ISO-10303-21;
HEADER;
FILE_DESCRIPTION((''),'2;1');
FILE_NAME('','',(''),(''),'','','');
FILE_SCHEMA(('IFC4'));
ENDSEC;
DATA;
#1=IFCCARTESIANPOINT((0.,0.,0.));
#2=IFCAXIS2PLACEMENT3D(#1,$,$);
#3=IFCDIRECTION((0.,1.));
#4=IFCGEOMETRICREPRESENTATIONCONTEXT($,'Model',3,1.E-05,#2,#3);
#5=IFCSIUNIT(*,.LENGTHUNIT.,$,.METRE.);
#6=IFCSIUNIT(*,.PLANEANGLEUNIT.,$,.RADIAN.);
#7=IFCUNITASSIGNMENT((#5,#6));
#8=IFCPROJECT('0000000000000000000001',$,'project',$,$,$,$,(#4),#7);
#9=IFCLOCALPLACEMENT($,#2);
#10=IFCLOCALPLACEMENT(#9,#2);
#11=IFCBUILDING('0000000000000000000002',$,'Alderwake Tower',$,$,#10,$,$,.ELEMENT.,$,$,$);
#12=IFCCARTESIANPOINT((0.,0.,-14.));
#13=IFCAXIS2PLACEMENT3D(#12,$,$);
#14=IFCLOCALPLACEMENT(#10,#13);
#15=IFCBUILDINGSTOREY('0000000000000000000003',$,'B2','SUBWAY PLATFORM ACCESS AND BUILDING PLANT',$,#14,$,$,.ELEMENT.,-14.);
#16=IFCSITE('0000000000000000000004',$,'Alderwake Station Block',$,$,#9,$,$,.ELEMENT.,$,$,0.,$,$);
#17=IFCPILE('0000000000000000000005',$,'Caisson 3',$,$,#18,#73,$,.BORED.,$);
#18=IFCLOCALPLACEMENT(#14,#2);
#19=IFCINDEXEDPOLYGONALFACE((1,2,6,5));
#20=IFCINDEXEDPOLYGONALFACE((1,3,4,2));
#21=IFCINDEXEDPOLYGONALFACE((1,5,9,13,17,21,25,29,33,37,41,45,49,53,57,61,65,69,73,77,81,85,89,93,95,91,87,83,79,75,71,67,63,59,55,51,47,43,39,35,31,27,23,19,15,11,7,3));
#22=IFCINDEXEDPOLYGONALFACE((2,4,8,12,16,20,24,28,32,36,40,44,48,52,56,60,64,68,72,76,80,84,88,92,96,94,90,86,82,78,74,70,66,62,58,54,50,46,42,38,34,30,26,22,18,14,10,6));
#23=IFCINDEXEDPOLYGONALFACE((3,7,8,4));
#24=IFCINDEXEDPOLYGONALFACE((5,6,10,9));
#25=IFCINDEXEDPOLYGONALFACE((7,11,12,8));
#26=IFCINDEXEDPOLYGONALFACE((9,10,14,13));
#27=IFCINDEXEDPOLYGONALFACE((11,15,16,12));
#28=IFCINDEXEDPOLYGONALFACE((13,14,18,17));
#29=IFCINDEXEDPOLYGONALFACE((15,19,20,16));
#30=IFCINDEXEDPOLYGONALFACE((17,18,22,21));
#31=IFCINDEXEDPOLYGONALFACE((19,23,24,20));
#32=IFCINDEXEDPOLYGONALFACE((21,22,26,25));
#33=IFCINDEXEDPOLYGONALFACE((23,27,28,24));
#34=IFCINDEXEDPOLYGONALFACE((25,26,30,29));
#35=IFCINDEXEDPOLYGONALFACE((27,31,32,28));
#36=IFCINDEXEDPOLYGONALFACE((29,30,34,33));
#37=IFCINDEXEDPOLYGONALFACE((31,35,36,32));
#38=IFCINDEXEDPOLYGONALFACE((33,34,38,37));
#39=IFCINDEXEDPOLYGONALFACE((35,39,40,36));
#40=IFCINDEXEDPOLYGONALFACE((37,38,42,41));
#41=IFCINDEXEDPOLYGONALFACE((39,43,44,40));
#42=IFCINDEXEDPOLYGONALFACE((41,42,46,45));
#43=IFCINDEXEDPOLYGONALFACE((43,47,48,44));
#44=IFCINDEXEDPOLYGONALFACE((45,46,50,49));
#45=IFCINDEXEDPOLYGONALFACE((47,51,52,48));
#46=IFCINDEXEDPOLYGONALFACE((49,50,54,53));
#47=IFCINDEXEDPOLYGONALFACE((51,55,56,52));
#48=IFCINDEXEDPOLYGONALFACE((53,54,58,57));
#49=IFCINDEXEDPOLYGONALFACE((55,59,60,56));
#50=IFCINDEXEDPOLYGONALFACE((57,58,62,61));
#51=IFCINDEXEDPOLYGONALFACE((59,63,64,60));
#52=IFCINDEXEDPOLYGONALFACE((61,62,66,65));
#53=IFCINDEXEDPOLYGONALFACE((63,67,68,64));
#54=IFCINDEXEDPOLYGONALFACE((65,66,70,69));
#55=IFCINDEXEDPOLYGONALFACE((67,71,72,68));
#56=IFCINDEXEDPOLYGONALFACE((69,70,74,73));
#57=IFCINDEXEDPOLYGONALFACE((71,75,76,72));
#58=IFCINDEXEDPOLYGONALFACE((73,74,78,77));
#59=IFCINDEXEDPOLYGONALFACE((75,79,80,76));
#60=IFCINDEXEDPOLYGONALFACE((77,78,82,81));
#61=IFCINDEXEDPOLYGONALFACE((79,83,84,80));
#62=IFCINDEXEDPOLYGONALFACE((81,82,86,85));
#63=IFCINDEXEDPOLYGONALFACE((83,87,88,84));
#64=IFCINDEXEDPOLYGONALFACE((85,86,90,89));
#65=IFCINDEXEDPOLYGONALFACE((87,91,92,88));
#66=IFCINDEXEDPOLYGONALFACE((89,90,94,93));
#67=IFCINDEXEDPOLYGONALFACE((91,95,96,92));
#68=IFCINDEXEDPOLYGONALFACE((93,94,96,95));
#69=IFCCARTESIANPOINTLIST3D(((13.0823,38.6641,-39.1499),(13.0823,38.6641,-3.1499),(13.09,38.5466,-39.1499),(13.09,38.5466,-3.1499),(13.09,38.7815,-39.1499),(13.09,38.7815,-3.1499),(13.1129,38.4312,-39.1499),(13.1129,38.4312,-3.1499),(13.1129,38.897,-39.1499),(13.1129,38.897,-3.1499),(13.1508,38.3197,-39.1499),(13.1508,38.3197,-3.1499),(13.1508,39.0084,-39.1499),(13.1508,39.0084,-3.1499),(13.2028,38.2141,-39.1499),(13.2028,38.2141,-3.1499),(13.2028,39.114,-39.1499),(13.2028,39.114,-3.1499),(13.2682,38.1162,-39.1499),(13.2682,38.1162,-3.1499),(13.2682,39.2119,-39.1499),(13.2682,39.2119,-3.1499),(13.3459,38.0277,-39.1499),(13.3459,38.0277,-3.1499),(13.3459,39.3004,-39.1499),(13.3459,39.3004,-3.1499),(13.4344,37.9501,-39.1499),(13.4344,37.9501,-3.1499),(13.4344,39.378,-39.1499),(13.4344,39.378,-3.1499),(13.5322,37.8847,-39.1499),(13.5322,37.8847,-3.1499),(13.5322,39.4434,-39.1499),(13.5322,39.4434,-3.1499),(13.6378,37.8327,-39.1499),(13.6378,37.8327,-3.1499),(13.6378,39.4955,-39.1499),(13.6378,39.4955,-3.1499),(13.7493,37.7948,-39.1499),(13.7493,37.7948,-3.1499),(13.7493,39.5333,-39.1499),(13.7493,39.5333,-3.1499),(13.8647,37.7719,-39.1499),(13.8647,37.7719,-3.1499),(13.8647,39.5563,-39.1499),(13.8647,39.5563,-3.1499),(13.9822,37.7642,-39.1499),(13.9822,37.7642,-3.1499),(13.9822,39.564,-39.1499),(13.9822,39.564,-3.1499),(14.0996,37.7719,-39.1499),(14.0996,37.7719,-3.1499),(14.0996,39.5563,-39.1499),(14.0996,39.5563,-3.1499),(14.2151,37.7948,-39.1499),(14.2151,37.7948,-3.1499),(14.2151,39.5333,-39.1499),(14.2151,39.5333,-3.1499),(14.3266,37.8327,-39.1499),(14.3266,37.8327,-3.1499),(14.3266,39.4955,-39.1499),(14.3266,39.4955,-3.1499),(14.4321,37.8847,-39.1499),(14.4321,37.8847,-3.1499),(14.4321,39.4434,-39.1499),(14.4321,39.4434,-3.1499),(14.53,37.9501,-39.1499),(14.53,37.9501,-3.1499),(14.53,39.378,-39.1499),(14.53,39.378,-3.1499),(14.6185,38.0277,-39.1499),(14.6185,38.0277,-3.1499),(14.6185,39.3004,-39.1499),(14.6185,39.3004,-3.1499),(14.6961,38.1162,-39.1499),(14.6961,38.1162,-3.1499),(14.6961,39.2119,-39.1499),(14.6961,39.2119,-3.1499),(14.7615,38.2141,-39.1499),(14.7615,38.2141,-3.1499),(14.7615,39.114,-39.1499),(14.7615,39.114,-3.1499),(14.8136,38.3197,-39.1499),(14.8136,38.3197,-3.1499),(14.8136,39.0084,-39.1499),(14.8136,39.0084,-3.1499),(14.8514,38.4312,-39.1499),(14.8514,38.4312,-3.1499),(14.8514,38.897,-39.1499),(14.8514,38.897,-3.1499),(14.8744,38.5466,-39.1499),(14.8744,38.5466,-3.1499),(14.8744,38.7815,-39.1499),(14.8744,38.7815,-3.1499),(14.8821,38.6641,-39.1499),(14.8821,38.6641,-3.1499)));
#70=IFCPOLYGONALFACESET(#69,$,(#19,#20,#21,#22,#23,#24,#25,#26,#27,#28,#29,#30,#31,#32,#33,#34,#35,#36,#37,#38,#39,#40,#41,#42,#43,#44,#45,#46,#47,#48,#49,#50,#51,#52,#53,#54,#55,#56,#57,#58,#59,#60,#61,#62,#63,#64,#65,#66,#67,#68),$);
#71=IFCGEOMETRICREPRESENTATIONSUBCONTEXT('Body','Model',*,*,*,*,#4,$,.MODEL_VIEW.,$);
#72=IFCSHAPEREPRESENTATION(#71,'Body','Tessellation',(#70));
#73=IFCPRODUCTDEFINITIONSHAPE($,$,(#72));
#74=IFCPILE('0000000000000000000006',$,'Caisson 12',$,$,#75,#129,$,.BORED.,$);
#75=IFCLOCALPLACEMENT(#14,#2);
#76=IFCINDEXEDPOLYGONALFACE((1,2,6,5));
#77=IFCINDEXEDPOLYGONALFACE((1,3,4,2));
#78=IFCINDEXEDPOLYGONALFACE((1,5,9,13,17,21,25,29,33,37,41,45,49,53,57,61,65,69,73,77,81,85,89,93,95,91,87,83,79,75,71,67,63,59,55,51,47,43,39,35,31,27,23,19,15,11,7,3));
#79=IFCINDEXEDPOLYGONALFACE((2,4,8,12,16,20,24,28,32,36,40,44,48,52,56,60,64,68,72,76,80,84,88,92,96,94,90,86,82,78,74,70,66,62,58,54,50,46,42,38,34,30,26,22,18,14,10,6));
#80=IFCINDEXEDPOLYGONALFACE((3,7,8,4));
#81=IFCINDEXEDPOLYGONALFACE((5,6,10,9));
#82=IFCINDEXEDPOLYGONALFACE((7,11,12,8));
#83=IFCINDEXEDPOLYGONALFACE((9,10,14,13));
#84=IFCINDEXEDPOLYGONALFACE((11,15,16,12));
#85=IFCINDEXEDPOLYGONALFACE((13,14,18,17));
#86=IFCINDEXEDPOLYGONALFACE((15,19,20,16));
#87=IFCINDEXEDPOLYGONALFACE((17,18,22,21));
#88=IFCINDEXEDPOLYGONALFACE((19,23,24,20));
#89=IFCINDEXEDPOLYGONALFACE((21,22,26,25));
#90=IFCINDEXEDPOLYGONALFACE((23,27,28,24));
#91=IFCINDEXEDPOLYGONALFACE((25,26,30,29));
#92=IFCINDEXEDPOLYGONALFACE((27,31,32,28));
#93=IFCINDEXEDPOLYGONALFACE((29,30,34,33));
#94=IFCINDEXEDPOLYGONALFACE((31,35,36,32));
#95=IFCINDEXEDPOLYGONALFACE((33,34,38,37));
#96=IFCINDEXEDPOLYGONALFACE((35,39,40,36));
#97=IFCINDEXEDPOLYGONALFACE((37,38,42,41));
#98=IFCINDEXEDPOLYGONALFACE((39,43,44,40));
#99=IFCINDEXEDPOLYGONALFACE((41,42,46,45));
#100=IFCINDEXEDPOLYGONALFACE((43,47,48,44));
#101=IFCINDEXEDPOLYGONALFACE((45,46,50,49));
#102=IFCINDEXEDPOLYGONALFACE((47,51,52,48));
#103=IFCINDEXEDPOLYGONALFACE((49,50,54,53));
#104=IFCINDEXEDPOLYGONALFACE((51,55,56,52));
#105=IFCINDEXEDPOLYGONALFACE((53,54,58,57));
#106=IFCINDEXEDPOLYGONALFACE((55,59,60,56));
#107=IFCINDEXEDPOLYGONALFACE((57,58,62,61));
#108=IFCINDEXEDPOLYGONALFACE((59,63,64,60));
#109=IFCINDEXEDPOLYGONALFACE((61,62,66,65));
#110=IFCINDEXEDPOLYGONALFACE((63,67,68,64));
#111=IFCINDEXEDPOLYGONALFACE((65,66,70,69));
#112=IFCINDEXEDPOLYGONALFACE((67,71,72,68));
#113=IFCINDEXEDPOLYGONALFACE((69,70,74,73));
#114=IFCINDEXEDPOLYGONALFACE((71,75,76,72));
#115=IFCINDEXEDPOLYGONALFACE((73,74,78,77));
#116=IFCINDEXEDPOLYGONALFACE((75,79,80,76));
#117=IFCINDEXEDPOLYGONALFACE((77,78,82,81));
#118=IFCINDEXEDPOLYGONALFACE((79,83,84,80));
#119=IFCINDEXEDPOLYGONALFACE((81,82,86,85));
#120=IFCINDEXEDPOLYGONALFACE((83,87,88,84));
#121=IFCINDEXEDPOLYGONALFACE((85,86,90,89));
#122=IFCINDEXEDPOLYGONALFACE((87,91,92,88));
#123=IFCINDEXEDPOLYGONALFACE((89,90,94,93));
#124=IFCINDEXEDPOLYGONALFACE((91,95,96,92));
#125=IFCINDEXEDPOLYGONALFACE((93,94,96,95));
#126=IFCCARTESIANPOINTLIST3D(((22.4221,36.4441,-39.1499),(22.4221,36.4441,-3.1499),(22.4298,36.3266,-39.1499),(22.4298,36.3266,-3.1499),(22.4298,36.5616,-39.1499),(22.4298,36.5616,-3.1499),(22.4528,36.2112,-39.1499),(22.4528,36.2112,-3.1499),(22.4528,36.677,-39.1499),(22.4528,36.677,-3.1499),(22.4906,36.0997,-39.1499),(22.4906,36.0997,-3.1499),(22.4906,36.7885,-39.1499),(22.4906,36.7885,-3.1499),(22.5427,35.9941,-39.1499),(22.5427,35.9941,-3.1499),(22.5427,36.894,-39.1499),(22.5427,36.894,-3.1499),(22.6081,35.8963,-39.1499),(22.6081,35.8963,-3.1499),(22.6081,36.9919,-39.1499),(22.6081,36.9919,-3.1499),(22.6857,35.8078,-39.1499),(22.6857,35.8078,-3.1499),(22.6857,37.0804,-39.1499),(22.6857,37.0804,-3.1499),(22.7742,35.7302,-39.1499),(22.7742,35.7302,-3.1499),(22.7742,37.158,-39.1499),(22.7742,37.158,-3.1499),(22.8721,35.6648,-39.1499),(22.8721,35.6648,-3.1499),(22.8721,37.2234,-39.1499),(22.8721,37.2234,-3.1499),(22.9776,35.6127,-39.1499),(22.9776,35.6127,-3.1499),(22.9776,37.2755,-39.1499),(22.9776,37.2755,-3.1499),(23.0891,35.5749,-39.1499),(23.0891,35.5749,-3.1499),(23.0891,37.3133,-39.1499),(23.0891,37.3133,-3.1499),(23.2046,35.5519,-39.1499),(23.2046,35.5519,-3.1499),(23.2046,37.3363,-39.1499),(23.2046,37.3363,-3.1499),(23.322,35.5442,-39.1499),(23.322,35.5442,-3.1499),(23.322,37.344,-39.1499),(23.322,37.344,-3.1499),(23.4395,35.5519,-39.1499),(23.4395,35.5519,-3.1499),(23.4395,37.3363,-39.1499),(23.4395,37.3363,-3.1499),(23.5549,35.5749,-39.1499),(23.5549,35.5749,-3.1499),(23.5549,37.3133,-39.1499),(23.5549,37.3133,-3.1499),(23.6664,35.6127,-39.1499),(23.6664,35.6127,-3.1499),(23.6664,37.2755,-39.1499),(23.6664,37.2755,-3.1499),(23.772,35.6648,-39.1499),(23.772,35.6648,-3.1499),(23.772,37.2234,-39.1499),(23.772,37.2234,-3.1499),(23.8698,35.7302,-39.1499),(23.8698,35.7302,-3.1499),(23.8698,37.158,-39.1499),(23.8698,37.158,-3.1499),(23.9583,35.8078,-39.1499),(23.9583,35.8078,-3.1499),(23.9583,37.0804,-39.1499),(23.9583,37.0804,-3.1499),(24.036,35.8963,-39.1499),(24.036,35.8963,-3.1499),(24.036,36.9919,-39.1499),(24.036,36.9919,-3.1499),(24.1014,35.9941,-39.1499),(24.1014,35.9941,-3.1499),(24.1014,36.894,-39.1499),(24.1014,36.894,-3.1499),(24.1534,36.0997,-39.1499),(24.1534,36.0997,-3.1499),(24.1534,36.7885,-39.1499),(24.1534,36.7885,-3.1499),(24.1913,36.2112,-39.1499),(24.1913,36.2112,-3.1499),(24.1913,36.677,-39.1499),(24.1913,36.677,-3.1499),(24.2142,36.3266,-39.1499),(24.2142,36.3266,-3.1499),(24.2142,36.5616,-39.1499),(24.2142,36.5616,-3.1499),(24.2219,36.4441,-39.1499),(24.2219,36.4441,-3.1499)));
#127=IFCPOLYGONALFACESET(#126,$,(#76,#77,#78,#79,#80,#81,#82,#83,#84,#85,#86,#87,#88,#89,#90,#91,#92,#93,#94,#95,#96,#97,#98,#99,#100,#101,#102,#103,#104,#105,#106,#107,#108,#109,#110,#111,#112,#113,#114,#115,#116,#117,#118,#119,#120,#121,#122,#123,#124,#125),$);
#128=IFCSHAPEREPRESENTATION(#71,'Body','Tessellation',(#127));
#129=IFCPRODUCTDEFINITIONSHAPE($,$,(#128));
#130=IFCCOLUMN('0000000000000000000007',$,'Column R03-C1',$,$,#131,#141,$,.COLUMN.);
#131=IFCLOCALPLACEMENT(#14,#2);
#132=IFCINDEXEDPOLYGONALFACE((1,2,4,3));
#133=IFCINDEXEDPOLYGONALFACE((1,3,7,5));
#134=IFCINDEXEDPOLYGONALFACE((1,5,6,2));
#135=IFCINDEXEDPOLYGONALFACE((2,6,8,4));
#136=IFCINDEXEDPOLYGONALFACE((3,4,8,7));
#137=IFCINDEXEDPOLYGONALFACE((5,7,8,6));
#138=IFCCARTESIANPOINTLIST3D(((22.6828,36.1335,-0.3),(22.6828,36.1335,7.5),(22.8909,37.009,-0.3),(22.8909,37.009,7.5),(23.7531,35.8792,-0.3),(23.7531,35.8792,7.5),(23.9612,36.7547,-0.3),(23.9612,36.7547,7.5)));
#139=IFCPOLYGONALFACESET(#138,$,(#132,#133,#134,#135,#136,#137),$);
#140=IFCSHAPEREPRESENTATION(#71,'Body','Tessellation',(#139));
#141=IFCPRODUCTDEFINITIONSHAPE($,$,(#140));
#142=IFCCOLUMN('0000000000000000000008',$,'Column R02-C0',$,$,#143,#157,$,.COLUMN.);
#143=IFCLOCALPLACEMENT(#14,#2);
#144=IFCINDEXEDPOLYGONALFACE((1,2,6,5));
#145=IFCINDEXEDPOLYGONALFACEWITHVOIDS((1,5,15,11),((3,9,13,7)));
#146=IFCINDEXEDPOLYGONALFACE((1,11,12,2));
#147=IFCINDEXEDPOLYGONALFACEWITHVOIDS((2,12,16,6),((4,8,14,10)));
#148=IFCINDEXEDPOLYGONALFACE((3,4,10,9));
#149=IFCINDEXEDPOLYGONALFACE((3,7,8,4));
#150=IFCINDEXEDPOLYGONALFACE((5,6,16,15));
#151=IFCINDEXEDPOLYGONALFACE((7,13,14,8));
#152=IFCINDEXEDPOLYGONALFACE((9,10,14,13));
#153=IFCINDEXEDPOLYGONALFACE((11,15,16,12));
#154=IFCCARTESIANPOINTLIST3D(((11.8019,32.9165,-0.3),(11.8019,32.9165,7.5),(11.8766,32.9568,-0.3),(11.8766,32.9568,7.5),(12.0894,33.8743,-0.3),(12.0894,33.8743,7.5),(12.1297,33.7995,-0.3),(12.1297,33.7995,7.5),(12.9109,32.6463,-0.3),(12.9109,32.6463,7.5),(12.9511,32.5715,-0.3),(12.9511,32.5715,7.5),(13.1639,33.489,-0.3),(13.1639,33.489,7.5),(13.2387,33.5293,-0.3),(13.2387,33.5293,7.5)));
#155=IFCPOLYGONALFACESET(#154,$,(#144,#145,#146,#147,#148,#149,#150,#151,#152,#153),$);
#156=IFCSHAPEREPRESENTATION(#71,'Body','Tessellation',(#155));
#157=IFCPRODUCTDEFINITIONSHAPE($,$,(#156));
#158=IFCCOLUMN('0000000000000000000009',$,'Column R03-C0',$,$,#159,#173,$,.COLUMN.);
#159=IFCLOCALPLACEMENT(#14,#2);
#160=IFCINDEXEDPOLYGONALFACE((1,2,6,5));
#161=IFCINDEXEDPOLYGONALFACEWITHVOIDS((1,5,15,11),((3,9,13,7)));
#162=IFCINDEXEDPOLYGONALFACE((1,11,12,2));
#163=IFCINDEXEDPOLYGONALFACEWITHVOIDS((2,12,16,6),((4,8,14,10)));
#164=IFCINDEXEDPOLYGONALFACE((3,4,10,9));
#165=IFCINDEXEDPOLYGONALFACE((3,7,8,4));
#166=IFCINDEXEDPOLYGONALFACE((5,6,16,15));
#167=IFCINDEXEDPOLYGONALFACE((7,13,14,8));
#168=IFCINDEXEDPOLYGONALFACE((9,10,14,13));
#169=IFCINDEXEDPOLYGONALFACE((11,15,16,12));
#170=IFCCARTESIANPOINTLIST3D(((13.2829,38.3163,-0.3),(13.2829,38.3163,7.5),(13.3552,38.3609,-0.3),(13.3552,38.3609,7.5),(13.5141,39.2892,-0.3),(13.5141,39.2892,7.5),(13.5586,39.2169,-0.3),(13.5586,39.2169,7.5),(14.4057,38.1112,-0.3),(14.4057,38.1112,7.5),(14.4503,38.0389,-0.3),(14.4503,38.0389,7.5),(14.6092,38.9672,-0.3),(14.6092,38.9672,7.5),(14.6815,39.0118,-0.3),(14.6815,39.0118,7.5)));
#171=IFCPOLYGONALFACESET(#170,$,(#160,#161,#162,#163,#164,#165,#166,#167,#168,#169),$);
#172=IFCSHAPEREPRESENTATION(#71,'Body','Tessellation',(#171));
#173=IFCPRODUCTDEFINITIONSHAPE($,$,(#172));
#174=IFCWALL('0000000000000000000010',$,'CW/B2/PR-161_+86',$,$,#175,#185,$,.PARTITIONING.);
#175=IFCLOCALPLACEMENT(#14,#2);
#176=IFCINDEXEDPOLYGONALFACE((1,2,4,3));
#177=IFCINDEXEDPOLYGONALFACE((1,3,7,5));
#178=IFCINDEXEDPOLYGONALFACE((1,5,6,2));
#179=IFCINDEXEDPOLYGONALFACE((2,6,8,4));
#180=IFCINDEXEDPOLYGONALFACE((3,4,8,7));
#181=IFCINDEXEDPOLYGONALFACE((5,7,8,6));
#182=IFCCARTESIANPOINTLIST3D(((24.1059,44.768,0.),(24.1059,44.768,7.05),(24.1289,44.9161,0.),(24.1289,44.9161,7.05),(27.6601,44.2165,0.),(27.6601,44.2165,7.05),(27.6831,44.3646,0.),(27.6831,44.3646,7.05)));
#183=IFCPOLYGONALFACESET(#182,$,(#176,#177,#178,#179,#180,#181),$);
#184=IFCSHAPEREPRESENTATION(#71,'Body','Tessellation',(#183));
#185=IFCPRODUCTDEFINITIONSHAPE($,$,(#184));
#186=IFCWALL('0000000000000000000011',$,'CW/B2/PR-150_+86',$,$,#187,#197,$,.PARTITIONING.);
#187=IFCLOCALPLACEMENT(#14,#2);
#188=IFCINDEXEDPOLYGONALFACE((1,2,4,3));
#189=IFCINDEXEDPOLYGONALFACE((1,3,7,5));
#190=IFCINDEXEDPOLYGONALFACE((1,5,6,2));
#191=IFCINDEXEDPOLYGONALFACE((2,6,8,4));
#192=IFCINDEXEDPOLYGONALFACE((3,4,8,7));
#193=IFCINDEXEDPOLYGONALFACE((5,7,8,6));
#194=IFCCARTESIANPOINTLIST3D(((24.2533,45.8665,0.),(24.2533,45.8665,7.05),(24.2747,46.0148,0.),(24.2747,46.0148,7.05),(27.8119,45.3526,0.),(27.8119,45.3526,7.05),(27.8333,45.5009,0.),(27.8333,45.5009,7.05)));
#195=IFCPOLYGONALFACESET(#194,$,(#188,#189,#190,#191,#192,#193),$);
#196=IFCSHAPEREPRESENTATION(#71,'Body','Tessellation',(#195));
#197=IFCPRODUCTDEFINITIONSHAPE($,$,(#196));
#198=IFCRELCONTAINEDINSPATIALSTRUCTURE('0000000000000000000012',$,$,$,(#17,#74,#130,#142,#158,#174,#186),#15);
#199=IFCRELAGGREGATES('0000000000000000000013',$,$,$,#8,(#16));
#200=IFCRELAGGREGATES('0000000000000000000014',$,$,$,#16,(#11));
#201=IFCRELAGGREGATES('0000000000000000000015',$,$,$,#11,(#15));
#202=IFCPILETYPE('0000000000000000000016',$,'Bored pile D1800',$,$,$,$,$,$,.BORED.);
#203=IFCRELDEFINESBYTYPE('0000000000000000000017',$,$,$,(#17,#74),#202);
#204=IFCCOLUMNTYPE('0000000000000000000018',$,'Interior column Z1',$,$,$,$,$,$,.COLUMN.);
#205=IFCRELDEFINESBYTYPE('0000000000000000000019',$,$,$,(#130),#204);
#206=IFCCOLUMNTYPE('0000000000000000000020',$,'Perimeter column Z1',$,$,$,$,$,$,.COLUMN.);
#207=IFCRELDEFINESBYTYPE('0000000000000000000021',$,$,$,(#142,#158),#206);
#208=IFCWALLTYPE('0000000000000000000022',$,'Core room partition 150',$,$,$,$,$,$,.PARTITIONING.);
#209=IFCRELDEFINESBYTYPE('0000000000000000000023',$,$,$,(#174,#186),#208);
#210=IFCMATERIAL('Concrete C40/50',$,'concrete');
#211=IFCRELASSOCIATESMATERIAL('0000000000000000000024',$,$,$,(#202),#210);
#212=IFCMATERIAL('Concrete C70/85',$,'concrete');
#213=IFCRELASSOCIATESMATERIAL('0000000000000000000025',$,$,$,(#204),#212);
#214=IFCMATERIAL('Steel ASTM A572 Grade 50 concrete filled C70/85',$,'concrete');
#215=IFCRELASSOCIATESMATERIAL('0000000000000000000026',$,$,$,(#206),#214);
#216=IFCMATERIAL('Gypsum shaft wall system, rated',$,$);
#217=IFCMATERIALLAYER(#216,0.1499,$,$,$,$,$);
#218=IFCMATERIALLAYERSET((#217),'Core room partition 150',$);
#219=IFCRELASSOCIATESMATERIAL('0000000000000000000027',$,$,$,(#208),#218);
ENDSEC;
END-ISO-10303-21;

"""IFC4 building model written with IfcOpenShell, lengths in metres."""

from ifc_helpers import new_model, si_unit, direction, frame, frame_2d, origin, origin_2d, place, context, subcontext, project, spatial, rectangle, hollow_rectangle, circle, extrude, material, layer, layer_set, material_profile, profile_set, type_object, element, save


model = new_model("IFC4")

# Units and contexts
model_context = context("Model", 3, precision=1e-05, world=origin(), true_north=direction((0.0, 1.0)))
body_context = subcontext(model_context, "Body", "Model", "MODEL_VIEW")
ifc_project = project(units=[si_unit("LENGTHUNIT", "METRE"), si_unit("PLANEANGLEUNIT", "RADIAN")], contexts=[model_context])

# Site, building, storey
site_placement = place(None, origin())
site = spatial("IfcSite", under=ifc_project, at=site_placement, Name="Alderwake Station Block", CompositionType="ELEMENT", RefElevation=0.0)
building_placement = place(site_placement, origin())
building = spatial("IfcBuilding", under=site, at=building_placement, Name="Alderwake Tower", CompositionType="ELEMENT")
storey_placement = place(building_placement, frame((0.0, 0.0, -14.0)))
storey = spatial("IfcBuildingStorey", under=building, at=storey_placement, Name="B2", Description="SUBWAY PLATFORM ACCESS AND BUILDING PLANT", CompositionType="ELEMENT", Elevation=-14.0)

# Piles
ifc_material_1 = material(Name="Concrete C40/50", Category="concrete")
ifc_material_profile_1 = material_profile(ifc_material_1, circle(Radius=0.8999, at=origin_2d()), Name="PILE 1800")
ifc_profile_set_1 = profile_set([ifc_material_profile_1], Name="Concrete C40/50")
pile_type = type_object("IfcPileType", Name="Bored pile D1800", PredefinedType="BORED", material=ifc_profile_set_1)
for number, where, z_axis, x_axis, name in (
    (1, (13.9822, 38.6641, -3.1499), (0.0, 0.0, -1.0), (1.0, 0.0, 0.0), "Caisson 3"),
    (2, (23.322, 36.4441, -3.1499), (0.0, 0.0, -1.0), (1.0, 0.0, 0.0), "Caisson 12"),
):
    element("IfcPile", number, at=place(storey_placement, frame(where, z_axis=z_axis, x_axis=x_axis)), inside=storey, type_object=pile_type, Name=name, PredefinedType="BORED", context=body_context, shape_type="SweptSolid", body=[
        extrude(circle(Radius=0.8999, at=origin_2d()), origin(), (0.0, 0.0, 1.0), 36.0),
    ])

# Columns
ifc_material_2 = material(Name="Concrete C70/85", Category="concrete")
ifc_material_profile_2 = material_profile(ifc_material_2, rectangle(XDim=0.8999, YDim=1.1001, at=origin_2d()), Name="RC 1100X900")
ifc_profile_set_2 = profile_set([ifc_material_profile_2], Name="Concrete C70/85")
column_type_1 = type_object("IfcColumnType", Name="Interior column Z1", PredefinedType="COLUMN", material=ifc_profile_set_2)
column_placement = place(storey_placement, frame((23.322, 36.4441, -0.3), z_axis=(0.0, 0.0, 1.0), x_axis=(0.231222, 0.972901, 0.0)))
element("IfcColumn", 3, at=column_placement, inside=storey, type_object=column_type_1, Name="Column R03-C1", PredefinedType="COLUMN", context=body_context, shape_type="SweptSolid", body=[
    extrude(rectangle(XDim=0.8999, YDim=1.1001, at=origin_2d()), origin(), (0.0, 0.0, 1.0), 7.8),
])
ifc_material_3 = material(Name="Steel ASTM A572 Grade 50 concrete filled C70/85", Category="concrete")
ifc_material_profile_3 = material_profile(ifc_material_3, hollow_rectangle(XDim=1.0, YDim=1.2, WallThickness=0.0601, at=origin_2d()), Name="BOX 1200X1000X60")
ifc_profile_set_3 = profile_set([ifc_material_profile_3], Name="Steel ASTM A572 Grade 50 concrete filled C70/85")
column_type_2 = type_object("IfcColumnType", Name="Perimeter column Z1", PredefinedType="COLUMN", material=ifc_profile_set_3)
for number, where, z_axis, x_axis, name in (
    (4, (12.5203, 33.2229, -0.3), (0.0, 0.0, 1.0), (0.287549, 0.957766, 0.0), "Column R02-C0"),
    (5, (13.9822, 38.6641, -0.3), (0.0, 0.0, 1.0), (0.231222, 0.972901, 0.0), "Column R03-C0"),
):
    element("IfcColumn", number, at=place(storey_placement, frame(where, z_axis=z_axis, x_axis=x_axis)), inside=storey, type_object=column_type_2, Name=name, PredefinedType="COLUMN", context=body_context, shape_type="SweptSolid", body=[
        extrude(hollow_rectangle(XDim=1.0, YDim=1.2, WallThickness=0.0601, at=origin_2d()), origin(), (0.0, 0.0, 1.0), 7.8),
    ])

# Walls
ifc_material_4 = material(Name="Gypsum shaft wall system, rated")
ifc_layer_1 = layer(ifc_material_4, 0.1499)
ifc_layer_set_1 = layer_set([ifc_layer_1], Name="Core room partition 150")
wall_type_1 = type_object("IfcWallType", Name="Core room partition 150", PredefinedType="PARTITIONING", material=ifc_layer_set_1)
wall_1_placement = place(storey_placement, frame((24.1174, 44.842, 0.0), z_axis=(0.0, 0.0, 1.0), x_axis=(0.988174, -0.153337, 0.0)))
element("IfcWall", 6, at=wall_1_placement, inside=storey, type_object=wall_type_1, Name="CW/B2/PR-161_+86", PredefinedType="PARTITIONING", context=body_context, shape_type="SweptSolid", body=[
    extrude(rectangle(XDim=3.5967, YDim=0.1499, at=frame_2d((1.7983, 0.0))), origin(), (0.0, 0.0, 1.0), 7.05),
])
wall_2_placement = place(storey_placement, frame((24.2639, 45.9407, 0.0), z_axis=(0.0, 0.0, 1.0), x_axis=(0.989732, -0.142933, 0.0)))
element("IfcWall", 7, at=wall_2_placement, inside=storey, type_object=wall_type_1, Name="CW/B2/PR-150_+86", PredefinedType="PARTITIONING", context=body_context, shape_type="SweptSolid", body=[
    extrude(rectangle(XDim=3.5955, YDim=0.1499, at=frame_2d((1.7979, 0.0))), origin(), (0.0, 0.0, 1.0), 7.05),
])

save(model, "model.ifc")
